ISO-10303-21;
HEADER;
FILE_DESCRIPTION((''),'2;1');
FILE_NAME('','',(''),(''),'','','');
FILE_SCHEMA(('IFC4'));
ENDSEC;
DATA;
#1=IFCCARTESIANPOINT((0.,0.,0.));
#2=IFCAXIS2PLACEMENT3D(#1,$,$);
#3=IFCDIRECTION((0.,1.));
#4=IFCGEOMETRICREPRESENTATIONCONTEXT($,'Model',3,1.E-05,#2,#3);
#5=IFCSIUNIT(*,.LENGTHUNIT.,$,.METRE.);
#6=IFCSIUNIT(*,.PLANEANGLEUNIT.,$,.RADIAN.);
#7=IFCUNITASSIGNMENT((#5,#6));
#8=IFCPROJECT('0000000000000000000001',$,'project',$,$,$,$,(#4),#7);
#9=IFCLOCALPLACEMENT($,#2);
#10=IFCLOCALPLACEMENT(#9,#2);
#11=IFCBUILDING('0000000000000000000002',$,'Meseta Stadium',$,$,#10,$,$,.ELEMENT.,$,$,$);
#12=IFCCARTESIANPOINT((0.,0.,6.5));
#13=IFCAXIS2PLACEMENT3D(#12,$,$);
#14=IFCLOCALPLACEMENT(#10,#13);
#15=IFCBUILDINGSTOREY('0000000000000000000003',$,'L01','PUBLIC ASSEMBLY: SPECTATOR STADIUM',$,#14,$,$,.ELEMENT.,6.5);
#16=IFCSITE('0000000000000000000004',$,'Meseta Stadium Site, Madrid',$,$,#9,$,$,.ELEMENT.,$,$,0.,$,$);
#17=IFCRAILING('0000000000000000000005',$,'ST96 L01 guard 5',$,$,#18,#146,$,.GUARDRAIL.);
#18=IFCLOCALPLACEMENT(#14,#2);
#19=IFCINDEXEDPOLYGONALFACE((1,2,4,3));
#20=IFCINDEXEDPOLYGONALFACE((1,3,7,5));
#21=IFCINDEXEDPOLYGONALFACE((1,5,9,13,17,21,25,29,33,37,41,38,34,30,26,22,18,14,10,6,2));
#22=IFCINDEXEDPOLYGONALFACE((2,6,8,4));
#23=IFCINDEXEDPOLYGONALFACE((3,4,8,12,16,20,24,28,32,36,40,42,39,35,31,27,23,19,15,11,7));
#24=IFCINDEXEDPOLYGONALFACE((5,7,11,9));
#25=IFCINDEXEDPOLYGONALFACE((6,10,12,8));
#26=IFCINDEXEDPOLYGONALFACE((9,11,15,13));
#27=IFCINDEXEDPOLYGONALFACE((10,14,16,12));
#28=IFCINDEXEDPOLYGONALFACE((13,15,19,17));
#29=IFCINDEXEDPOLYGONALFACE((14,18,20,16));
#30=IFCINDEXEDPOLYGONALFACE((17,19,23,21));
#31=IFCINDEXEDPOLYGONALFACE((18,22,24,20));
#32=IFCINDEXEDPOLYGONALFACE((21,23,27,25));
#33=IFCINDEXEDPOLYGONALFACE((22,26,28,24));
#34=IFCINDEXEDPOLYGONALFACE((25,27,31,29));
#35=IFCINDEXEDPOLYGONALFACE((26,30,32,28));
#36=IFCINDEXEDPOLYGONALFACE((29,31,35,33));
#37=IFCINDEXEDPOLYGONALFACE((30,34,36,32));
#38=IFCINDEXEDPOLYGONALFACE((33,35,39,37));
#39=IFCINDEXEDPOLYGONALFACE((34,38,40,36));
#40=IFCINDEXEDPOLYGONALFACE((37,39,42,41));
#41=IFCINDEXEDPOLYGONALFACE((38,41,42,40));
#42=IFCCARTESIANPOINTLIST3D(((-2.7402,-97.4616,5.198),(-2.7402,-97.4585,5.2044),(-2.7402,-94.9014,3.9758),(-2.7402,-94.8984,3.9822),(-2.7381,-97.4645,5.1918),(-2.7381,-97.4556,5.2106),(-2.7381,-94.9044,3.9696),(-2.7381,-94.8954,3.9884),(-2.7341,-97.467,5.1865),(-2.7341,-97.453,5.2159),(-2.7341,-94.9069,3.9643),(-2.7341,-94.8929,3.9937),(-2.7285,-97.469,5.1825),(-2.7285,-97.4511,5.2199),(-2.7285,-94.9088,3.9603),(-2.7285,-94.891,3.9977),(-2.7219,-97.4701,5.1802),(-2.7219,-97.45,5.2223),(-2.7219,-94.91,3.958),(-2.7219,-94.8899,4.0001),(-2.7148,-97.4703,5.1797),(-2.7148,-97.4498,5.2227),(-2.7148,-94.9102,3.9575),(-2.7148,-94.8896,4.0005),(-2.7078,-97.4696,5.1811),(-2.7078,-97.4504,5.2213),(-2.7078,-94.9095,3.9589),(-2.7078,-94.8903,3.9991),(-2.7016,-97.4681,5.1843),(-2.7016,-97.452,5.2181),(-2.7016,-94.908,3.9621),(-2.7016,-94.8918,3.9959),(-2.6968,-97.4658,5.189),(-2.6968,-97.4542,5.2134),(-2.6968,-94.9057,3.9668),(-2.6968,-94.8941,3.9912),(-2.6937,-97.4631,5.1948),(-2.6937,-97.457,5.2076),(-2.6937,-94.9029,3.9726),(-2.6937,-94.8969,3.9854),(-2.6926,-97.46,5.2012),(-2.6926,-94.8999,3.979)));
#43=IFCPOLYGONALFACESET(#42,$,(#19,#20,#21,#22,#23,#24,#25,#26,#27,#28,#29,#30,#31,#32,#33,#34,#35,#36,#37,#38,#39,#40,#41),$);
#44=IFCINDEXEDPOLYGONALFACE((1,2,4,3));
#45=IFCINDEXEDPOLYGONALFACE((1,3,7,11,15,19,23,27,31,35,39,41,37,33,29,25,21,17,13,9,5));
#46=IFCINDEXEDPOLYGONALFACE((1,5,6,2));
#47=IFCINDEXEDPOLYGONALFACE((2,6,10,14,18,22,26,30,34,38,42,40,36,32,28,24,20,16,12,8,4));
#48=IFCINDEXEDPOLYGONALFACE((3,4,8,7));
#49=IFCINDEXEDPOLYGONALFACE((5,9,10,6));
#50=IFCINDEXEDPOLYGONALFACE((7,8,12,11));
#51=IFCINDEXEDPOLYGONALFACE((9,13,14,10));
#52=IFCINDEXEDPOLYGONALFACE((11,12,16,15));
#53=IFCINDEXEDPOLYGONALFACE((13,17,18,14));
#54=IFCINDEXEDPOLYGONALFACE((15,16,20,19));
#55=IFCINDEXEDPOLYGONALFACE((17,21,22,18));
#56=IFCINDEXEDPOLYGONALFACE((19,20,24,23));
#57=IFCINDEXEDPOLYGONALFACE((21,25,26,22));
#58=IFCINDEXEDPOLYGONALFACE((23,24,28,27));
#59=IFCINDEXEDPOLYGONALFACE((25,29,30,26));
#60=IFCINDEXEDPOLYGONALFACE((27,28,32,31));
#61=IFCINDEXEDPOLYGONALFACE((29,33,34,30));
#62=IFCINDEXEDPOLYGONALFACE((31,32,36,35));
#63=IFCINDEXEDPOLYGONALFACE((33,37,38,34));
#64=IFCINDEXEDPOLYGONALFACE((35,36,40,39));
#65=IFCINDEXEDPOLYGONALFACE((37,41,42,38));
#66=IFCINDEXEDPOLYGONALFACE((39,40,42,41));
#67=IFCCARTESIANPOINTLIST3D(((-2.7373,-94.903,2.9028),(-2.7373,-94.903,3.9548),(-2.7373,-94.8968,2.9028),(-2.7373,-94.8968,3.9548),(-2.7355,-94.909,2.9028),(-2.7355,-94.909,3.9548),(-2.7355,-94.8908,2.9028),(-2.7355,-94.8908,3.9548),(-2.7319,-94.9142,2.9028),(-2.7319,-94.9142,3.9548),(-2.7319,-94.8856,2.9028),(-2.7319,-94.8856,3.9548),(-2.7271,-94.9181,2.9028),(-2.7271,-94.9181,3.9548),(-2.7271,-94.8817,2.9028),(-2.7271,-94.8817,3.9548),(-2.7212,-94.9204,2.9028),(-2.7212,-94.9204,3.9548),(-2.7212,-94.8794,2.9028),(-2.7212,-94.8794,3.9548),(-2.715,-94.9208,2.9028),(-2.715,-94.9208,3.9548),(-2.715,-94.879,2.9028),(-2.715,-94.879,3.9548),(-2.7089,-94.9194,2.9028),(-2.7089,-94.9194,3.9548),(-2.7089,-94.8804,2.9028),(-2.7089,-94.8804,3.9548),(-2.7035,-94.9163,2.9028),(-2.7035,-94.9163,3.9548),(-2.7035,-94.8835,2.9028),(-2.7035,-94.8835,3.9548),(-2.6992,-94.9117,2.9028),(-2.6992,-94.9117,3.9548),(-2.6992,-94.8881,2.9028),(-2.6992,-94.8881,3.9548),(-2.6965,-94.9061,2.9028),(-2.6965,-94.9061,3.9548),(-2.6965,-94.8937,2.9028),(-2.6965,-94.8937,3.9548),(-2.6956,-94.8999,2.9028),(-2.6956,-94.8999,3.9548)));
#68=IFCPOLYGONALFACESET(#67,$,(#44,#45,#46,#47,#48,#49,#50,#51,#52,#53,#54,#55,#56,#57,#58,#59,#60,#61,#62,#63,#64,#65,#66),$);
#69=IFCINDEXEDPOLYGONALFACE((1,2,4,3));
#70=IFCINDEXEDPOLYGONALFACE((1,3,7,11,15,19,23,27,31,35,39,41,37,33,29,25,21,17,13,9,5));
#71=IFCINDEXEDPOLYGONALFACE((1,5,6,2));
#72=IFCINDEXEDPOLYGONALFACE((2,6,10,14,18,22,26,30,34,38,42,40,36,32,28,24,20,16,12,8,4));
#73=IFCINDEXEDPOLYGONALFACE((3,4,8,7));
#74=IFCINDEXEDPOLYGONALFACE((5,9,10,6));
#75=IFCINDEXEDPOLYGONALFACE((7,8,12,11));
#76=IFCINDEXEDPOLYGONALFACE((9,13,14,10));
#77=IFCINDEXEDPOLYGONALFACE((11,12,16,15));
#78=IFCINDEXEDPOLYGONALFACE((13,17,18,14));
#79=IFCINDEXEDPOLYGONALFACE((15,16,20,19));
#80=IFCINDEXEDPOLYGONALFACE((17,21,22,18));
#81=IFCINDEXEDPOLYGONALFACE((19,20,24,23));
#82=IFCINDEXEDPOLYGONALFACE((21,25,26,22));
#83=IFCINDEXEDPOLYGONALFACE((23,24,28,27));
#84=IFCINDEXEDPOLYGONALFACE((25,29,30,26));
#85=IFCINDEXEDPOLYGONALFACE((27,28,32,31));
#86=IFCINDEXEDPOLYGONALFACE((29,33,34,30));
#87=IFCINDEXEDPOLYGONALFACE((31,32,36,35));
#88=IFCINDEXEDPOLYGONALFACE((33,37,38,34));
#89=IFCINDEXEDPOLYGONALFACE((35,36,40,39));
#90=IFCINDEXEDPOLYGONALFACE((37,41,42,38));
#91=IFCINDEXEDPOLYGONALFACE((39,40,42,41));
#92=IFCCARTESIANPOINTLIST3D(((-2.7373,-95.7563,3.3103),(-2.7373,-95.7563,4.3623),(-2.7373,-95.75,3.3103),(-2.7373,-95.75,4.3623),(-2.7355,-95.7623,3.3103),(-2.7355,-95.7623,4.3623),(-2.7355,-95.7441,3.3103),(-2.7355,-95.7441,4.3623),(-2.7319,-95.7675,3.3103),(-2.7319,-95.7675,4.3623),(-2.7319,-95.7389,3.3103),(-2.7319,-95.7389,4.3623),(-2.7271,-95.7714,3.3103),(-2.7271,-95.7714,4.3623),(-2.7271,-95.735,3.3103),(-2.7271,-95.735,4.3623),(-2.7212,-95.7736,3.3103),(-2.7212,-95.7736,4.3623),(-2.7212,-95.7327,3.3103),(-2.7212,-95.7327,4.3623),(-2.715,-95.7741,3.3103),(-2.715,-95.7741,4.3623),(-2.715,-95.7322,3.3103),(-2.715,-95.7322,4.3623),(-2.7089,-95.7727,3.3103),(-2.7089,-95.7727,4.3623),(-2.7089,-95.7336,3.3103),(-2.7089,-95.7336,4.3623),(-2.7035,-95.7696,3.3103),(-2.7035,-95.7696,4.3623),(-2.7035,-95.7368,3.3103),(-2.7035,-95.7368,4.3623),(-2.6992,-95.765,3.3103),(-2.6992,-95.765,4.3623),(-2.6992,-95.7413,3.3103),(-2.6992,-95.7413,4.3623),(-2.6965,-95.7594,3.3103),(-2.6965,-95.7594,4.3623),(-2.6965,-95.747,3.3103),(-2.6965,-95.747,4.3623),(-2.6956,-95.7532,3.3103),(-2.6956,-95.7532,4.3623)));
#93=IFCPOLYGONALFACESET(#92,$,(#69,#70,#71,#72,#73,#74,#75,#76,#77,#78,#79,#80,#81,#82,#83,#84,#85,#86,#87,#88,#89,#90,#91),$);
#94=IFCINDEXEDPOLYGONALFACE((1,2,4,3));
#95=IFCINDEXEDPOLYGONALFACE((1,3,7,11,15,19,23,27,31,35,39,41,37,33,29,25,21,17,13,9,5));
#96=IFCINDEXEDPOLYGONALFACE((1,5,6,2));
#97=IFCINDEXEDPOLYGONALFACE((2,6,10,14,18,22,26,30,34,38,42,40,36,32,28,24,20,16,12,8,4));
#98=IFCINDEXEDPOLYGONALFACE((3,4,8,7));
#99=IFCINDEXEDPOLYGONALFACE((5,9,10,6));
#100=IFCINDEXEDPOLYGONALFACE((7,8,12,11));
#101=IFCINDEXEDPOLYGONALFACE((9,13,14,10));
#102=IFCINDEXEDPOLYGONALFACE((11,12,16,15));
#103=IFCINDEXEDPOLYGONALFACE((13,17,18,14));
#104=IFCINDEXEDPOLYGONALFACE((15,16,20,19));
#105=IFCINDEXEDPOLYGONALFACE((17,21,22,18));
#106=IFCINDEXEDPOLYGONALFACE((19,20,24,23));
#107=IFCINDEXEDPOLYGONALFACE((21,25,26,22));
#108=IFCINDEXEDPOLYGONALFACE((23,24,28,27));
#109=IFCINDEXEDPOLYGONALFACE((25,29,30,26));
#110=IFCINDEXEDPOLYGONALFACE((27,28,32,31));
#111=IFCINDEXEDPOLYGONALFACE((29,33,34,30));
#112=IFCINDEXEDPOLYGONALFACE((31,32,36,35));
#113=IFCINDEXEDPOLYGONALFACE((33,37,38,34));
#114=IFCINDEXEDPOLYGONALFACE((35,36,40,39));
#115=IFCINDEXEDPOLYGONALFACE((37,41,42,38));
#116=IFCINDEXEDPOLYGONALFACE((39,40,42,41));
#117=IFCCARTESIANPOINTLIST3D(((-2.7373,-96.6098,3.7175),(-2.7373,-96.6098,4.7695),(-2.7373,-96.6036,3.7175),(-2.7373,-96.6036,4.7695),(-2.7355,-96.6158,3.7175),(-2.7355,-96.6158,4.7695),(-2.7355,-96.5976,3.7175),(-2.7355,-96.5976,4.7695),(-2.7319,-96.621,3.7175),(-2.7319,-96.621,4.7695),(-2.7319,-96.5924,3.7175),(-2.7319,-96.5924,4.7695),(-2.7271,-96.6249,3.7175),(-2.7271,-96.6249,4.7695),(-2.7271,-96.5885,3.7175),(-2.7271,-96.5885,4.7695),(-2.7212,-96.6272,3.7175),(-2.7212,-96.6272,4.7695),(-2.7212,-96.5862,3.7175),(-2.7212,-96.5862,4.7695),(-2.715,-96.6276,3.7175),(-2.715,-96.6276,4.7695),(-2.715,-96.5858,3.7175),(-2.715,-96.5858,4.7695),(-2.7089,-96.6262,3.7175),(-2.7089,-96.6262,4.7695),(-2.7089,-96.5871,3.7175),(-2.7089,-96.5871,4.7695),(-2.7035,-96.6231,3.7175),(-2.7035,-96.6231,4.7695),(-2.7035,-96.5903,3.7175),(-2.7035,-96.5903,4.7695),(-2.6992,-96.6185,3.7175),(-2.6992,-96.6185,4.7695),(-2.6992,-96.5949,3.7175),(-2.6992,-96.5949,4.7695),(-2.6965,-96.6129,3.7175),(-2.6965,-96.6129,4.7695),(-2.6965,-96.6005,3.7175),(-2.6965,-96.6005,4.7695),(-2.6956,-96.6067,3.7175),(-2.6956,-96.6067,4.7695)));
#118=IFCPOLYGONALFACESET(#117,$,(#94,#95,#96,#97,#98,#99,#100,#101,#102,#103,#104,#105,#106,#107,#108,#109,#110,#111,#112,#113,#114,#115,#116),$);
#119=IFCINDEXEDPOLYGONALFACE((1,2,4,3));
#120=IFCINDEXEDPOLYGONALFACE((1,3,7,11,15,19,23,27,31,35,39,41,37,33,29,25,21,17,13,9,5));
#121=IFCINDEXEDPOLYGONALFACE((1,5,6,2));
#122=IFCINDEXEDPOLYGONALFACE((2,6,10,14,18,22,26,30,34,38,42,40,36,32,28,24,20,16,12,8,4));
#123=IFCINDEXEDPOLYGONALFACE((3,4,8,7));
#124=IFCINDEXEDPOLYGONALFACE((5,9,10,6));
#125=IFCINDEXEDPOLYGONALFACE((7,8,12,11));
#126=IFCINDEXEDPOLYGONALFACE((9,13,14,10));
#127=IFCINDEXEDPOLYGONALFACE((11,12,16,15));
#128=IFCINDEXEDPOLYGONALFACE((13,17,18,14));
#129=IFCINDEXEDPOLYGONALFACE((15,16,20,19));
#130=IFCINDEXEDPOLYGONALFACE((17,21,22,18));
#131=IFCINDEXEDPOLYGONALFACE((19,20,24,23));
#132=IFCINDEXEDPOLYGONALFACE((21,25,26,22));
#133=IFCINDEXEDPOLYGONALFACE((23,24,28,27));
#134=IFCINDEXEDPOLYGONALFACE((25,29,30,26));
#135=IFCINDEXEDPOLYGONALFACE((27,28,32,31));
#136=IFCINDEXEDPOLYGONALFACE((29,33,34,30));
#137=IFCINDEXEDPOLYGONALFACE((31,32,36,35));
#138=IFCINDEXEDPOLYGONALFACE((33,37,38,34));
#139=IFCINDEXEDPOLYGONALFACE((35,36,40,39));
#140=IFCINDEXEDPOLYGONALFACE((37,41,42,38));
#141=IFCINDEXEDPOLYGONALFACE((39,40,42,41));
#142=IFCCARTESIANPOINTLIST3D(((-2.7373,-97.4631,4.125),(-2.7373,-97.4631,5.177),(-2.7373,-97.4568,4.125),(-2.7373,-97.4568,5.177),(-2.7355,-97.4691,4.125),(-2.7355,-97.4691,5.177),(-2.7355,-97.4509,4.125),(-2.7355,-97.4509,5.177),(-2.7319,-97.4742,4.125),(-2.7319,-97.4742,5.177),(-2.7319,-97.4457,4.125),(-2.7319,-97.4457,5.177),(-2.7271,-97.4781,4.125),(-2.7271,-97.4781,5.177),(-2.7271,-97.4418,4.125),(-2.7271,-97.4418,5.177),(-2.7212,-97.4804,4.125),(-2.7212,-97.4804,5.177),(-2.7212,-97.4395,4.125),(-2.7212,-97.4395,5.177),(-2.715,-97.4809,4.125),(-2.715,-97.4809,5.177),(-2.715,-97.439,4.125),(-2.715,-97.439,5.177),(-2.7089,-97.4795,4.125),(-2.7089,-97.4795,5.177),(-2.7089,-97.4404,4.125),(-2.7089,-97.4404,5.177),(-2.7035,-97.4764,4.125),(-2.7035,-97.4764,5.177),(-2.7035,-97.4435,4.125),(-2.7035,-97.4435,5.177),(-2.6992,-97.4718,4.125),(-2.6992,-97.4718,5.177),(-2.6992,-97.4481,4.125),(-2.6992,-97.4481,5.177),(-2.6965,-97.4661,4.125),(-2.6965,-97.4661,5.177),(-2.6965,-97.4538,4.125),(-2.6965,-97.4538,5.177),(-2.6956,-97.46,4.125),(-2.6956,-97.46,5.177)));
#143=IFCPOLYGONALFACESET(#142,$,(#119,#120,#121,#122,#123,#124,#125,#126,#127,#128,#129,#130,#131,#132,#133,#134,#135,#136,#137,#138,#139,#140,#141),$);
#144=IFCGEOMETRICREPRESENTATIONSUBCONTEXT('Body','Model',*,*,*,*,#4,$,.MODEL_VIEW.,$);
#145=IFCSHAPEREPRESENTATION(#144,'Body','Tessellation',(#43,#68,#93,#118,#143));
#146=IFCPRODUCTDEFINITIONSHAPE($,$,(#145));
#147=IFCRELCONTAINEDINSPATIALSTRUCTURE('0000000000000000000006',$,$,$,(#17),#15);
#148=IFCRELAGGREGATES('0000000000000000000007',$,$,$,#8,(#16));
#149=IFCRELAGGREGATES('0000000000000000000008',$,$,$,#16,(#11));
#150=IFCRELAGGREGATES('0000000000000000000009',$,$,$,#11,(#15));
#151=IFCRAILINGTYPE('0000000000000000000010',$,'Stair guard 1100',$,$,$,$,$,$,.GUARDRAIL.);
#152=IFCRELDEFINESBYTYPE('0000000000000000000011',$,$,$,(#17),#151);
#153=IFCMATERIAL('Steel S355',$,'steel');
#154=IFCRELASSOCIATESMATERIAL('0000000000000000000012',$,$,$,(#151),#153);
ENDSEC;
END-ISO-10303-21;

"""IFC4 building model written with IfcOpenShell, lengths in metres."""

from ifc_helpers import new_model, si_unit, direction, frame, origin, origin_2d, place, context, subcontext, project, spatial, circle, extrude, material, type_object, element, save


model = new_model("IFC4")

# Units and contexts
model_context = context("Model", 3, precision=1e-05, world=origin(), true_north=direction((0.0, 1.0)))
body_context = subcontext(model_context, "Body", "Model", "MODEL_VIEW")
ifc_project = project(units=[si_unit("LENGTHUNIT", "METRE"), si_unit("PLANEANGLEUNIT", "RADIAN")], contexts=[model_context])

# Site, building, storey
site_placement = place(None, origin())
site = spatial("IfcSite", under=ifc_project, at=site_placement, Name="Meseta Stadium Site, Madrid", CompositionType="ELEMENT", RefElevation=0.0)
building_placement = place(site_placement, origin())
building = spatial("IfcBuilding", under=site, at=building_placement, Name="Meseta Stadium", CompositionType="ELEMENT")
storey_placement = place(building_placement, frame((0.0, 0.0, 6.5)))
storey = spatial("IfcBuildingStorey", under=building, at=storey_placement, Name="L01", Description="PUBLIC ASSEMBLY: SPECTATOR STADIUM", CompositionType="ELEMENT", Elevation=6.5)

# Railing
ifc_material_1 = material(Name="Steel S355", Category="steel")
railing_type = type_object("IfcRailingType", Name="Stair guard 1100", PredefinedType="GUARDRAIL", material=ifc_material_1)
railing_1_placement = place(storey_placement, frame((-2.7166, -94.8999, 2.9028)))
element("IfcRailing", 1, at=railing_1_placement, inside=storey, type_object=railing_type, Name="ST96 L01 guard 5", PredefinedType="GUARDRAIL", context=body_context, shape_type="SweptSolid", body=[
    extrude(circle(Radius=0.0239, at=origin_2d()), frame((0.0, 0.0, 1.0762), z_axis=(0.0, -0.902437, 0.430822), x_axis=(1.0, 0.0, 0.0)), (0.0, 0.0, 1.0), 2.8369),
    extrude(circle(Radius=0.021, at=origin_2d()), origin(), (0.0, 0.0, 1.0), 1.052),
    extrude(circle(Radius=0.021, at=origin_2d()), frame((0.0, -0.8533, 0.4075)), (0.0, 0.0, 1.0), 1.052),
    extrude(circle(Radius=0.021, at=origin_2d()), frame((0.0, -1.7068, 0.8147)), (0.0, 0.0, 1.0), 1.052),
    extrude(circle(Radius=0.021, at=origin_2d()), frame((0.0, -2.5601, 1.2222)), (0.0, 0.0, 1.0), 1.052),
])

save(model, "model.ifc")
